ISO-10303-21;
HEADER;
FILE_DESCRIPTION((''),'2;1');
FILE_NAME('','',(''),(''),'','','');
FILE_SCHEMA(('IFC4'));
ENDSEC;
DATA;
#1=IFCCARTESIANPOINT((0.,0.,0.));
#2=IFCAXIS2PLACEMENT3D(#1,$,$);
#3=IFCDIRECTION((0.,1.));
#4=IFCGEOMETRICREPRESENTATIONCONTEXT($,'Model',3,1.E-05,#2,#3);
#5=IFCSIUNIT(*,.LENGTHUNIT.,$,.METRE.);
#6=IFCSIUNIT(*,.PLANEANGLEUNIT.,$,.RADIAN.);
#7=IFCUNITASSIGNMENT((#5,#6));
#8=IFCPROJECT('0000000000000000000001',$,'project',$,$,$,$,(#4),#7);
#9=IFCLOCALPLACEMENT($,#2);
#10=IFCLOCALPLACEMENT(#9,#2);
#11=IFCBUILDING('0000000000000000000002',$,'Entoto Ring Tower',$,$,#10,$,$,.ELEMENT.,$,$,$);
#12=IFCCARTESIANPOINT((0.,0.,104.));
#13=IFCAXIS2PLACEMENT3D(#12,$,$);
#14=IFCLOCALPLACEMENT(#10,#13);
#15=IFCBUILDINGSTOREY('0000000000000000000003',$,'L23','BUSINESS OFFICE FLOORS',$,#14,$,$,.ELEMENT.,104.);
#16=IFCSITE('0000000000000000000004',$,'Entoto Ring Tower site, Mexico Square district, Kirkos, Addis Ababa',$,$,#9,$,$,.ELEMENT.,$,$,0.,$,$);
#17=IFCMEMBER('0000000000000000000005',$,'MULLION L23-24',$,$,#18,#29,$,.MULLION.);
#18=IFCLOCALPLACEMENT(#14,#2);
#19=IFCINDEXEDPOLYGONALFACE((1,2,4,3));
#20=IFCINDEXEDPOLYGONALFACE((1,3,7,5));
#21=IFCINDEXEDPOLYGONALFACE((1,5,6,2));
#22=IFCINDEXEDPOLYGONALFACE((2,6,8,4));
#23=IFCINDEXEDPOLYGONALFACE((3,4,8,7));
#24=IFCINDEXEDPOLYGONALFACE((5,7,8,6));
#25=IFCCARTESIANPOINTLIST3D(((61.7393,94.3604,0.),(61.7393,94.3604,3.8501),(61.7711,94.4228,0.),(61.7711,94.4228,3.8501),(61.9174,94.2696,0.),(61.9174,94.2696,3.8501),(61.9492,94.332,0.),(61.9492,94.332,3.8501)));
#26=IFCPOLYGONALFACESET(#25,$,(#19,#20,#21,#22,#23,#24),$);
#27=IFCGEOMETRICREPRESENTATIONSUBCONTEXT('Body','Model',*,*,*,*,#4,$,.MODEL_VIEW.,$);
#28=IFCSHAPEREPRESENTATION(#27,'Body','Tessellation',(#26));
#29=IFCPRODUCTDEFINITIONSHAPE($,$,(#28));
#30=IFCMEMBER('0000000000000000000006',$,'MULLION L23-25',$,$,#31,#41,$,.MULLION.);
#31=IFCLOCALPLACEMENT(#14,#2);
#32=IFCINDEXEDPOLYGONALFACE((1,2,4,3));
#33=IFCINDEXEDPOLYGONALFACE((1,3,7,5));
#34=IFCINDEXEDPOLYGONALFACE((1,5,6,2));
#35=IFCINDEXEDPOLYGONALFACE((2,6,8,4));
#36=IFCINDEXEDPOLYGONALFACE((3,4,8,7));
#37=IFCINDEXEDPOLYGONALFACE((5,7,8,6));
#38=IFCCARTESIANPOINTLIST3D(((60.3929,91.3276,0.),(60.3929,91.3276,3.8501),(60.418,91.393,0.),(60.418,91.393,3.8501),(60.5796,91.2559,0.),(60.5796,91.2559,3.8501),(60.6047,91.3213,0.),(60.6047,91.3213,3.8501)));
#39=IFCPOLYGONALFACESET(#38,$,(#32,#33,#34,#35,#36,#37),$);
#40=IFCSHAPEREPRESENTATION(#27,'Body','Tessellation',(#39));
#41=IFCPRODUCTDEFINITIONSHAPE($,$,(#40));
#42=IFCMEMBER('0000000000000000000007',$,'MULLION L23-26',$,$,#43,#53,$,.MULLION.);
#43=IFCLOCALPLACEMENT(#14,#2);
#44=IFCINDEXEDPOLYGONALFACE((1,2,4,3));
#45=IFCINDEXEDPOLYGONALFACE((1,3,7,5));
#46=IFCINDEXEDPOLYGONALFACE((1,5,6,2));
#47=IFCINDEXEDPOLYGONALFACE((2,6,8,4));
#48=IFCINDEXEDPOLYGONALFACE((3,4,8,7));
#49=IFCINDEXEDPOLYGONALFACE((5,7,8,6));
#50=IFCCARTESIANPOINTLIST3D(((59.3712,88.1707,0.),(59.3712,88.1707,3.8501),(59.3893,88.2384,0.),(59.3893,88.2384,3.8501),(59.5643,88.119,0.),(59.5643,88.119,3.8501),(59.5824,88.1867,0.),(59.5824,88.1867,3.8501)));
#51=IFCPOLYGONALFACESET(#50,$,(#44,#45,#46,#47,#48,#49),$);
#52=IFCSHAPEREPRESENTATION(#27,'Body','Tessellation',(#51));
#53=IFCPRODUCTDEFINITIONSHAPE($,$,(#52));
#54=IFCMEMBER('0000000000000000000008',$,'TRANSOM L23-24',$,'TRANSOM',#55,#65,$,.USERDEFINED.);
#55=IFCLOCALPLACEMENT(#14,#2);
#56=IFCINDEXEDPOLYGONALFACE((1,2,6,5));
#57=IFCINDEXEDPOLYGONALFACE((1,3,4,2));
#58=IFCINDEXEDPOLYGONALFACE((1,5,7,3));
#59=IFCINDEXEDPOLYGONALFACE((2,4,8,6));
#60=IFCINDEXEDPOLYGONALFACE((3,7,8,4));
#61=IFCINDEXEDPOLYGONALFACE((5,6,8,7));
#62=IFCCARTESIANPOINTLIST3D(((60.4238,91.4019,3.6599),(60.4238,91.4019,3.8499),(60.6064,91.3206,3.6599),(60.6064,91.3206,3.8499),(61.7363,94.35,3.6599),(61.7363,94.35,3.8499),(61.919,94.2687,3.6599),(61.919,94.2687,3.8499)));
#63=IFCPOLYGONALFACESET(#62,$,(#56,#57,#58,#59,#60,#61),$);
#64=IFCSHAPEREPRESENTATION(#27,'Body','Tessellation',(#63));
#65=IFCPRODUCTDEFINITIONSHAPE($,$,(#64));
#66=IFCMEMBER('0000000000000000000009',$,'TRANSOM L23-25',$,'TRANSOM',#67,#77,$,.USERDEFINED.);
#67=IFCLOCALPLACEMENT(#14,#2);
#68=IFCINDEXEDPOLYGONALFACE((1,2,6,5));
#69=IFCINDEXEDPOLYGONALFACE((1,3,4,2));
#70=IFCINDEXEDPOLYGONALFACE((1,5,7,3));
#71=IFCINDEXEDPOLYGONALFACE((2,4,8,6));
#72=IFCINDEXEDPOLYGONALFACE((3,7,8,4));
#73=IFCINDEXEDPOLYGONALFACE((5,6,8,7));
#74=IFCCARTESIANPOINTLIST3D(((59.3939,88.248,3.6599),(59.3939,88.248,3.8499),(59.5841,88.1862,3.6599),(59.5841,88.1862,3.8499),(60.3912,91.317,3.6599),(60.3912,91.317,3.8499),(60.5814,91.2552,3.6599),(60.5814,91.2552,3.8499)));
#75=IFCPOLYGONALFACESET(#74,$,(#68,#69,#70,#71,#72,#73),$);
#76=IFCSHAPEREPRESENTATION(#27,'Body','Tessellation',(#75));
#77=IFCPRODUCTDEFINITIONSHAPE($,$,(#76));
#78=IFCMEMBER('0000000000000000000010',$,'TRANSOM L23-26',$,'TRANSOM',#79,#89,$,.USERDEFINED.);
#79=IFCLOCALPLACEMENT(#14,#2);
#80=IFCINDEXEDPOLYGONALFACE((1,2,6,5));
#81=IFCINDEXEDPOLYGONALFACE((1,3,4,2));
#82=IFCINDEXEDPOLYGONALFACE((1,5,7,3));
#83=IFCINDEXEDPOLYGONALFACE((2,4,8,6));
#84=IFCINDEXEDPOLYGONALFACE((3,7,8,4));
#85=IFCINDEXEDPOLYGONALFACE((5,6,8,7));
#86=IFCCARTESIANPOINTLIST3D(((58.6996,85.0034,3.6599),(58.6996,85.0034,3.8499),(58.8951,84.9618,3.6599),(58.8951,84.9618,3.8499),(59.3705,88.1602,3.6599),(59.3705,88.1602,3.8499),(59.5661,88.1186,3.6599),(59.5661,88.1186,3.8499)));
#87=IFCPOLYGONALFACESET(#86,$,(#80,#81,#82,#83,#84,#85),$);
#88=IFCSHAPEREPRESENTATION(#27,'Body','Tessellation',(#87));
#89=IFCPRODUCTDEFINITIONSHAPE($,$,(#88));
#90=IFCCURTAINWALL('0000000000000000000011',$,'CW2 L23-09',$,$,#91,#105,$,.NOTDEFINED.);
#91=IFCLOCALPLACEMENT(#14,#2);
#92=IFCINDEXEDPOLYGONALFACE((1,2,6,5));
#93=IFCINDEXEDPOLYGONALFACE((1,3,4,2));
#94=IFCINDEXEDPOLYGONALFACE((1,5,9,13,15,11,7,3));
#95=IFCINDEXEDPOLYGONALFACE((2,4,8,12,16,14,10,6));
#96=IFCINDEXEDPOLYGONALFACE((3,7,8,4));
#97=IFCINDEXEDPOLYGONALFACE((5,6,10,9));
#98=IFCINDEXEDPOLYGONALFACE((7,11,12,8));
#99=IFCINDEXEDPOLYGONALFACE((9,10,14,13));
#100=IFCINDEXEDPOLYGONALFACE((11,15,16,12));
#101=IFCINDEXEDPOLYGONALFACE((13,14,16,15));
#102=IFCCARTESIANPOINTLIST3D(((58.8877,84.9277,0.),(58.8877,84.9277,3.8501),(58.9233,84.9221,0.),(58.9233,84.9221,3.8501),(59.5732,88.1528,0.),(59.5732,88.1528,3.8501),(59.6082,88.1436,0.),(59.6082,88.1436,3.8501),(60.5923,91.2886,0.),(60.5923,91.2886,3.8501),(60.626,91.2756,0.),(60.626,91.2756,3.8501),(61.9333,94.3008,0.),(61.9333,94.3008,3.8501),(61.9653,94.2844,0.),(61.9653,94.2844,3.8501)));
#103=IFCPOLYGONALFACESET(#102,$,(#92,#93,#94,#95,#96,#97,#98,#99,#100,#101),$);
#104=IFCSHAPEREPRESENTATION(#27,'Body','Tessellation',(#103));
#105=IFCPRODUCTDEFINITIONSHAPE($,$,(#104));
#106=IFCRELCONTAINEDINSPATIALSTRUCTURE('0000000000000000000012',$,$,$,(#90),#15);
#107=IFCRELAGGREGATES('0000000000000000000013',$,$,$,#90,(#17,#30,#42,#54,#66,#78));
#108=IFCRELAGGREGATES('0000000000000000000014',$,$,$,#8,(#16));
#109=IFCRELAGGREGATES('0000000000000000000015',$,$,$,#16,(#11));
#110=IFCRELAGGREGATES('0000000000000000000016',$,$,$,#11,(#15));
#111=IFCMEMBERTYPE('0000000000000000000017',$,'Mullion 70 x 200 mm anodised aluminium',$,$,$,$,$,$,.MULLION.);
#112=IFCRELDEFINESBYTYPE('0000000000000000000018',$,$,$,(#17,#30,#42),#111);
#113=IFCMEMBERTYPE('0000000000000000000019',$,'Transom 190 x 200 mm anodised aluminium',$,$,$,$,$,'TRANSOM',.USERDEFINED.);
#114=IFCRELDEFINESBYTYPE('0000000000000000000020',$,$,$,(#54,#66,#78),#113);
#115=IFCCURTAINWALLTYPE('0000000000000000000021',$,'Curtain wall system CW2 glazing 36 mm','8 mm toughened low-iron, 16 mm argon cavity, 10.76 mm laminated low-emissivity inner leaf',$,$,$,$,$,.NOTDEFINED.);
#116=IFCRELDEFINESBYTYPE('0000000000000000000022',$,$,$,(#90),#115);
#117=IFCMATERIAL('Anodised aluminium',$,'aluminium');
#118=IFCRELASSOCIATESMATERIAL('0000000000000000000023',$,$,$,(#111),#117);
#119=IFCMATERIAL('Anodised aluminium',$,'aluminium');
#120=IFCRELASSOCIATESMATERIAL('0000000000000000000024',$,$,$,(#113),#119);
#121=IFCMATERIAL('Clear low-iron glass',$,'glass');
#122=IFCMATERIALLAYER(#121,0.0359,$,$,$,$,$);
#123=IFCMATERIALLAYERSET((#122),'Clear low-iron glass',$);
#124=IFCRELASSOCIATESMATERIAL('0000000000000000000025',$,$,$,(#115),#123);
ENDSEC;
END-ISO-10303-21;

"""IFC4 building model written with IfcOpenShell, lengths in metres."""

from ifc_helpers import new_model, si_unit, direction, frame, origin, origin_2d, place, context, subcontext, project, spatial, polyline, rectangle, outline, extrude, material, layer, layer_set, material_profile, profile_set, type_object, element, aggregate, save


model = new_model("IFC4")

# Units and contexts
model_context = context("Model", 3, precision=1e-05, world=origin(), true_north=direction((0.0, 1.0)))
body_context = subcontext(model_context, "Body", "Model", "MODEL_VIEW")
ifc_project = project(units=[si_unit("LENGTHUNIT", "METRE"), si_unit("PLANEANGLEUNIT", "RADIAN")], contexts=[model_context])

# Members
ifc_material_1 = material(Name="Anodised aluminium", Category="aluminium")
ifc_material_profile_1 = material_profile(ifc_material_1, rectangle(XDim=0.0701, YDim=0.2, at=origin_2d()), Name="Mullion 70 x 200 mm anodised aluminium")
ifc_profile_set_1 = profile_set([ifc_material_profile_1], Name="Anodised aluminium")
member_type_1 = type_object("IfcMemberType", Name="Mullion 70 x 200 mm anodised aluminium", PredefinedType="MULLION", material=ifc_profile_set_1)
site_placement = place(None, origin())
building_placement = place(site_placement, origin())
storey_placement = place(building_placement, frame((0.0, 0.0, 104.0)))
member_1_placement = place(storey_placement, frame((61.8442, 94.3462, 0.0), z_axis=(0.0, 0.0, 1.0), x_axis=(-0.45399, -0.891007, 0.0)))
member_1 = element("IfcMember", 1, at=member_1_placement, type_object=member_type_1, Name="MULLION L23-24", PredefinedType="MULLION", context=body_context, shape_type="SweptSolid", body=[
    extrude(rectangle(XDim=0.0701, YDim=0.2, at=origin_2d()), origin(), (0.0, 0.0, 1.0), 3.8501),
])
member_2_placement = place(storey_placement, frame((60.4988, 91.3245, 0.0), z_axis=(0.0, 0.0, 1.0), x_axis=(-0.358368, -0.93358, 0.0)))
member_2 = element("IfcMember", 2, at=member_2_placement, type_object=member_type_1, Name="MULLION L23-25", PredefinedType="MULLION", context=body_context, shape_type="SweptSolid", body=[
    extrude(rectangle(XDim=0.0701, YDim=0.2, at=origin_2d()), origin(), (0.0, 0.0, 1.0), 3.8501),
])
member_3_placement = place(storey_placement, frame((59.4768, 88.1787, 0.0), z_axis=(0.0, 0.0, 1.0), x_axis=(-0.258819, -0.965926, 0.0)))
member_3 = element("IfcMember", 3, at=member_3_placement, type_object=member_type_1, Name="MULLION L23-26", PredefinedType="MULLION", context=body_context, shape_type="SweptSolid", body=[
    extrude(rectangle(XDim=0.0701, YDim=0.2, at=origin_2d()), origin(), (0.0, 0.0, 1.0), 3.8501),
])
ifc_material_2 = material(Name="Anodised aluminium", Category="aluminium")
ifc_material_profile_2 = material_profile(ifc_material_2, rectangle(XDim=0.2, YDim=0.1899, at=origin_2d()), Name="Transom 190 x 200 mm anodised aluminium")
ifc_profile_set_2 = profile_set([ifc_material_profile_2], Name="Anodised aluminium")
member_type_2 = type_object("IfcMemberType", Name="Transom 190 x 200 mm anodised aluminium", ElementType="TRANSOM", PredefinedType="USERDEFINED", material=ifc_profile_set_2)
member_4_placement = place(storey_placement, frame((61.8276, 94.3093, 3.7549), z_axis=(-0.406728, -0.913549, 0.0), x_axis=(0.913549, -0.406728, 0.0)))
member_4 = element("IfcMember", 4, at=member_4_placement, type_object=member_type_2, Name="TRANSOM L23-24", ObjectType="TRANSOM", PredefinedType="USERDEFINED", context=body_context, shape_type="SweptSolid", body=[
    extrude(rectangle(XDim=0.2, YDim=0.1899, at=origin_2d()), origin(), (0.0, 0.0, 1.0), 3.2271),
])
member_5_placement = place(storey_placement, frame((60.4863, 91.2861, 3.7549), z_axis=(-0.309047, -0.951047, 0.0), x_axis=(0.951047, -0.309047, 0.0)))
member_5 = element("IfcMember", 5, at=member_5_placement, type_object=member_type_2, Name="TRANSOM L23-25", ObjectType="TRANSOM", PredefinedType="USERDEFINED", context=body_context, shape_type="SweptSolid", body=[
    extrude(rectangle(XDim=0.2, YDim=0.1899, at=origin_2d()), origin(), (0.0, 0.0, 1.0), 3.2271),
])
member_6_placement = place(storey_placement, frame((59.4683, 88.1394, 3.7549), z_axis=(-0.207886, -0.978153, 0.0), x_axis=(0.978153, -0.207886, 0.0)))
member_6 = element("IfcMember", 6, at=member_6_placement, type_object=member_type_2, Name="TRANSOM L23-26", ObjectType="TRANSOM", PredefinedType="USERDEFINED", context=body_context, shape_type="SweptSolid", body=[
    extrude(rectangle(XDim=0.2, YDim=0.1899, at=origin_2d()), origin(), (0.0, 0.0, 1.0), 3.2273),
])

# Site, building, storey
site = spatial("IfcSite", under=ifc_project, at=site_placement, Name="Entoto Ring Tower site, Mexico Square district, Kirkos, Addis Ababa", CompositionType="ELEMENT", RefElevation=0.0)
building = spatial("IfcBuilding", under=site, at=building_placement, Name="Entoto Ring Tower", CompositionType="ELEMENT")
storey = spatial("IfcBuildingStorey", under=building, at=storey_placement, Name="L23", Description="BUSINESS OFFICE FLOORS", CompositionType="ELEMENT", Elevation=104.0)

# Curtain wall
ifc_material_3 = material(Name="Clear low-iron glass", Category="glass")
ifc_layer = layer(ifc_material_3, 0.0359)
ifc_layer_set = layer_set([ifc_layer], Name="Clear low-iron glass")
curtain_wall_type = type_object("IfcCurtainWallType", Name="Curtain wall system CW2 glazing 36 mm", Description="8 mm toughened low-iron, 16 mm argon cavity, 10.76 mm laminated low-emissivity inner leaf", PredefinedType="NOTDEFINED", material=ifc_layer_set)
curtain_wall_1_placement = place(storey_placement, origin())
curtain_wall_1 = element("IfcCurtainWall", 7, at=curtain_wall_1_placement, inside=storey, type_object=curtain_wall_type, Name="CW2 L23-09", PredefinedType="NOTDEFINED", context=body_context, shape_type="SweptSolid", body=[
    extrude(outline(polyline([(61.9333, 94.3008), (60.5923, 91.2886), (59.5732, 88.1528), (58.8877, 84.9277), (58.9233, 84.9221), (59.6082, 88.1436), (60.626, 91.2756), (61.9653, 94.2844), (61.9333, 94.3008)])), origin(), (0.0, 0.0, 1.0), 3.8501),
])
aggregate(curtain_wall_1, [member_1, member_2, member_3, member_4, member_5, member_6])

save(model, "model.ifc")
